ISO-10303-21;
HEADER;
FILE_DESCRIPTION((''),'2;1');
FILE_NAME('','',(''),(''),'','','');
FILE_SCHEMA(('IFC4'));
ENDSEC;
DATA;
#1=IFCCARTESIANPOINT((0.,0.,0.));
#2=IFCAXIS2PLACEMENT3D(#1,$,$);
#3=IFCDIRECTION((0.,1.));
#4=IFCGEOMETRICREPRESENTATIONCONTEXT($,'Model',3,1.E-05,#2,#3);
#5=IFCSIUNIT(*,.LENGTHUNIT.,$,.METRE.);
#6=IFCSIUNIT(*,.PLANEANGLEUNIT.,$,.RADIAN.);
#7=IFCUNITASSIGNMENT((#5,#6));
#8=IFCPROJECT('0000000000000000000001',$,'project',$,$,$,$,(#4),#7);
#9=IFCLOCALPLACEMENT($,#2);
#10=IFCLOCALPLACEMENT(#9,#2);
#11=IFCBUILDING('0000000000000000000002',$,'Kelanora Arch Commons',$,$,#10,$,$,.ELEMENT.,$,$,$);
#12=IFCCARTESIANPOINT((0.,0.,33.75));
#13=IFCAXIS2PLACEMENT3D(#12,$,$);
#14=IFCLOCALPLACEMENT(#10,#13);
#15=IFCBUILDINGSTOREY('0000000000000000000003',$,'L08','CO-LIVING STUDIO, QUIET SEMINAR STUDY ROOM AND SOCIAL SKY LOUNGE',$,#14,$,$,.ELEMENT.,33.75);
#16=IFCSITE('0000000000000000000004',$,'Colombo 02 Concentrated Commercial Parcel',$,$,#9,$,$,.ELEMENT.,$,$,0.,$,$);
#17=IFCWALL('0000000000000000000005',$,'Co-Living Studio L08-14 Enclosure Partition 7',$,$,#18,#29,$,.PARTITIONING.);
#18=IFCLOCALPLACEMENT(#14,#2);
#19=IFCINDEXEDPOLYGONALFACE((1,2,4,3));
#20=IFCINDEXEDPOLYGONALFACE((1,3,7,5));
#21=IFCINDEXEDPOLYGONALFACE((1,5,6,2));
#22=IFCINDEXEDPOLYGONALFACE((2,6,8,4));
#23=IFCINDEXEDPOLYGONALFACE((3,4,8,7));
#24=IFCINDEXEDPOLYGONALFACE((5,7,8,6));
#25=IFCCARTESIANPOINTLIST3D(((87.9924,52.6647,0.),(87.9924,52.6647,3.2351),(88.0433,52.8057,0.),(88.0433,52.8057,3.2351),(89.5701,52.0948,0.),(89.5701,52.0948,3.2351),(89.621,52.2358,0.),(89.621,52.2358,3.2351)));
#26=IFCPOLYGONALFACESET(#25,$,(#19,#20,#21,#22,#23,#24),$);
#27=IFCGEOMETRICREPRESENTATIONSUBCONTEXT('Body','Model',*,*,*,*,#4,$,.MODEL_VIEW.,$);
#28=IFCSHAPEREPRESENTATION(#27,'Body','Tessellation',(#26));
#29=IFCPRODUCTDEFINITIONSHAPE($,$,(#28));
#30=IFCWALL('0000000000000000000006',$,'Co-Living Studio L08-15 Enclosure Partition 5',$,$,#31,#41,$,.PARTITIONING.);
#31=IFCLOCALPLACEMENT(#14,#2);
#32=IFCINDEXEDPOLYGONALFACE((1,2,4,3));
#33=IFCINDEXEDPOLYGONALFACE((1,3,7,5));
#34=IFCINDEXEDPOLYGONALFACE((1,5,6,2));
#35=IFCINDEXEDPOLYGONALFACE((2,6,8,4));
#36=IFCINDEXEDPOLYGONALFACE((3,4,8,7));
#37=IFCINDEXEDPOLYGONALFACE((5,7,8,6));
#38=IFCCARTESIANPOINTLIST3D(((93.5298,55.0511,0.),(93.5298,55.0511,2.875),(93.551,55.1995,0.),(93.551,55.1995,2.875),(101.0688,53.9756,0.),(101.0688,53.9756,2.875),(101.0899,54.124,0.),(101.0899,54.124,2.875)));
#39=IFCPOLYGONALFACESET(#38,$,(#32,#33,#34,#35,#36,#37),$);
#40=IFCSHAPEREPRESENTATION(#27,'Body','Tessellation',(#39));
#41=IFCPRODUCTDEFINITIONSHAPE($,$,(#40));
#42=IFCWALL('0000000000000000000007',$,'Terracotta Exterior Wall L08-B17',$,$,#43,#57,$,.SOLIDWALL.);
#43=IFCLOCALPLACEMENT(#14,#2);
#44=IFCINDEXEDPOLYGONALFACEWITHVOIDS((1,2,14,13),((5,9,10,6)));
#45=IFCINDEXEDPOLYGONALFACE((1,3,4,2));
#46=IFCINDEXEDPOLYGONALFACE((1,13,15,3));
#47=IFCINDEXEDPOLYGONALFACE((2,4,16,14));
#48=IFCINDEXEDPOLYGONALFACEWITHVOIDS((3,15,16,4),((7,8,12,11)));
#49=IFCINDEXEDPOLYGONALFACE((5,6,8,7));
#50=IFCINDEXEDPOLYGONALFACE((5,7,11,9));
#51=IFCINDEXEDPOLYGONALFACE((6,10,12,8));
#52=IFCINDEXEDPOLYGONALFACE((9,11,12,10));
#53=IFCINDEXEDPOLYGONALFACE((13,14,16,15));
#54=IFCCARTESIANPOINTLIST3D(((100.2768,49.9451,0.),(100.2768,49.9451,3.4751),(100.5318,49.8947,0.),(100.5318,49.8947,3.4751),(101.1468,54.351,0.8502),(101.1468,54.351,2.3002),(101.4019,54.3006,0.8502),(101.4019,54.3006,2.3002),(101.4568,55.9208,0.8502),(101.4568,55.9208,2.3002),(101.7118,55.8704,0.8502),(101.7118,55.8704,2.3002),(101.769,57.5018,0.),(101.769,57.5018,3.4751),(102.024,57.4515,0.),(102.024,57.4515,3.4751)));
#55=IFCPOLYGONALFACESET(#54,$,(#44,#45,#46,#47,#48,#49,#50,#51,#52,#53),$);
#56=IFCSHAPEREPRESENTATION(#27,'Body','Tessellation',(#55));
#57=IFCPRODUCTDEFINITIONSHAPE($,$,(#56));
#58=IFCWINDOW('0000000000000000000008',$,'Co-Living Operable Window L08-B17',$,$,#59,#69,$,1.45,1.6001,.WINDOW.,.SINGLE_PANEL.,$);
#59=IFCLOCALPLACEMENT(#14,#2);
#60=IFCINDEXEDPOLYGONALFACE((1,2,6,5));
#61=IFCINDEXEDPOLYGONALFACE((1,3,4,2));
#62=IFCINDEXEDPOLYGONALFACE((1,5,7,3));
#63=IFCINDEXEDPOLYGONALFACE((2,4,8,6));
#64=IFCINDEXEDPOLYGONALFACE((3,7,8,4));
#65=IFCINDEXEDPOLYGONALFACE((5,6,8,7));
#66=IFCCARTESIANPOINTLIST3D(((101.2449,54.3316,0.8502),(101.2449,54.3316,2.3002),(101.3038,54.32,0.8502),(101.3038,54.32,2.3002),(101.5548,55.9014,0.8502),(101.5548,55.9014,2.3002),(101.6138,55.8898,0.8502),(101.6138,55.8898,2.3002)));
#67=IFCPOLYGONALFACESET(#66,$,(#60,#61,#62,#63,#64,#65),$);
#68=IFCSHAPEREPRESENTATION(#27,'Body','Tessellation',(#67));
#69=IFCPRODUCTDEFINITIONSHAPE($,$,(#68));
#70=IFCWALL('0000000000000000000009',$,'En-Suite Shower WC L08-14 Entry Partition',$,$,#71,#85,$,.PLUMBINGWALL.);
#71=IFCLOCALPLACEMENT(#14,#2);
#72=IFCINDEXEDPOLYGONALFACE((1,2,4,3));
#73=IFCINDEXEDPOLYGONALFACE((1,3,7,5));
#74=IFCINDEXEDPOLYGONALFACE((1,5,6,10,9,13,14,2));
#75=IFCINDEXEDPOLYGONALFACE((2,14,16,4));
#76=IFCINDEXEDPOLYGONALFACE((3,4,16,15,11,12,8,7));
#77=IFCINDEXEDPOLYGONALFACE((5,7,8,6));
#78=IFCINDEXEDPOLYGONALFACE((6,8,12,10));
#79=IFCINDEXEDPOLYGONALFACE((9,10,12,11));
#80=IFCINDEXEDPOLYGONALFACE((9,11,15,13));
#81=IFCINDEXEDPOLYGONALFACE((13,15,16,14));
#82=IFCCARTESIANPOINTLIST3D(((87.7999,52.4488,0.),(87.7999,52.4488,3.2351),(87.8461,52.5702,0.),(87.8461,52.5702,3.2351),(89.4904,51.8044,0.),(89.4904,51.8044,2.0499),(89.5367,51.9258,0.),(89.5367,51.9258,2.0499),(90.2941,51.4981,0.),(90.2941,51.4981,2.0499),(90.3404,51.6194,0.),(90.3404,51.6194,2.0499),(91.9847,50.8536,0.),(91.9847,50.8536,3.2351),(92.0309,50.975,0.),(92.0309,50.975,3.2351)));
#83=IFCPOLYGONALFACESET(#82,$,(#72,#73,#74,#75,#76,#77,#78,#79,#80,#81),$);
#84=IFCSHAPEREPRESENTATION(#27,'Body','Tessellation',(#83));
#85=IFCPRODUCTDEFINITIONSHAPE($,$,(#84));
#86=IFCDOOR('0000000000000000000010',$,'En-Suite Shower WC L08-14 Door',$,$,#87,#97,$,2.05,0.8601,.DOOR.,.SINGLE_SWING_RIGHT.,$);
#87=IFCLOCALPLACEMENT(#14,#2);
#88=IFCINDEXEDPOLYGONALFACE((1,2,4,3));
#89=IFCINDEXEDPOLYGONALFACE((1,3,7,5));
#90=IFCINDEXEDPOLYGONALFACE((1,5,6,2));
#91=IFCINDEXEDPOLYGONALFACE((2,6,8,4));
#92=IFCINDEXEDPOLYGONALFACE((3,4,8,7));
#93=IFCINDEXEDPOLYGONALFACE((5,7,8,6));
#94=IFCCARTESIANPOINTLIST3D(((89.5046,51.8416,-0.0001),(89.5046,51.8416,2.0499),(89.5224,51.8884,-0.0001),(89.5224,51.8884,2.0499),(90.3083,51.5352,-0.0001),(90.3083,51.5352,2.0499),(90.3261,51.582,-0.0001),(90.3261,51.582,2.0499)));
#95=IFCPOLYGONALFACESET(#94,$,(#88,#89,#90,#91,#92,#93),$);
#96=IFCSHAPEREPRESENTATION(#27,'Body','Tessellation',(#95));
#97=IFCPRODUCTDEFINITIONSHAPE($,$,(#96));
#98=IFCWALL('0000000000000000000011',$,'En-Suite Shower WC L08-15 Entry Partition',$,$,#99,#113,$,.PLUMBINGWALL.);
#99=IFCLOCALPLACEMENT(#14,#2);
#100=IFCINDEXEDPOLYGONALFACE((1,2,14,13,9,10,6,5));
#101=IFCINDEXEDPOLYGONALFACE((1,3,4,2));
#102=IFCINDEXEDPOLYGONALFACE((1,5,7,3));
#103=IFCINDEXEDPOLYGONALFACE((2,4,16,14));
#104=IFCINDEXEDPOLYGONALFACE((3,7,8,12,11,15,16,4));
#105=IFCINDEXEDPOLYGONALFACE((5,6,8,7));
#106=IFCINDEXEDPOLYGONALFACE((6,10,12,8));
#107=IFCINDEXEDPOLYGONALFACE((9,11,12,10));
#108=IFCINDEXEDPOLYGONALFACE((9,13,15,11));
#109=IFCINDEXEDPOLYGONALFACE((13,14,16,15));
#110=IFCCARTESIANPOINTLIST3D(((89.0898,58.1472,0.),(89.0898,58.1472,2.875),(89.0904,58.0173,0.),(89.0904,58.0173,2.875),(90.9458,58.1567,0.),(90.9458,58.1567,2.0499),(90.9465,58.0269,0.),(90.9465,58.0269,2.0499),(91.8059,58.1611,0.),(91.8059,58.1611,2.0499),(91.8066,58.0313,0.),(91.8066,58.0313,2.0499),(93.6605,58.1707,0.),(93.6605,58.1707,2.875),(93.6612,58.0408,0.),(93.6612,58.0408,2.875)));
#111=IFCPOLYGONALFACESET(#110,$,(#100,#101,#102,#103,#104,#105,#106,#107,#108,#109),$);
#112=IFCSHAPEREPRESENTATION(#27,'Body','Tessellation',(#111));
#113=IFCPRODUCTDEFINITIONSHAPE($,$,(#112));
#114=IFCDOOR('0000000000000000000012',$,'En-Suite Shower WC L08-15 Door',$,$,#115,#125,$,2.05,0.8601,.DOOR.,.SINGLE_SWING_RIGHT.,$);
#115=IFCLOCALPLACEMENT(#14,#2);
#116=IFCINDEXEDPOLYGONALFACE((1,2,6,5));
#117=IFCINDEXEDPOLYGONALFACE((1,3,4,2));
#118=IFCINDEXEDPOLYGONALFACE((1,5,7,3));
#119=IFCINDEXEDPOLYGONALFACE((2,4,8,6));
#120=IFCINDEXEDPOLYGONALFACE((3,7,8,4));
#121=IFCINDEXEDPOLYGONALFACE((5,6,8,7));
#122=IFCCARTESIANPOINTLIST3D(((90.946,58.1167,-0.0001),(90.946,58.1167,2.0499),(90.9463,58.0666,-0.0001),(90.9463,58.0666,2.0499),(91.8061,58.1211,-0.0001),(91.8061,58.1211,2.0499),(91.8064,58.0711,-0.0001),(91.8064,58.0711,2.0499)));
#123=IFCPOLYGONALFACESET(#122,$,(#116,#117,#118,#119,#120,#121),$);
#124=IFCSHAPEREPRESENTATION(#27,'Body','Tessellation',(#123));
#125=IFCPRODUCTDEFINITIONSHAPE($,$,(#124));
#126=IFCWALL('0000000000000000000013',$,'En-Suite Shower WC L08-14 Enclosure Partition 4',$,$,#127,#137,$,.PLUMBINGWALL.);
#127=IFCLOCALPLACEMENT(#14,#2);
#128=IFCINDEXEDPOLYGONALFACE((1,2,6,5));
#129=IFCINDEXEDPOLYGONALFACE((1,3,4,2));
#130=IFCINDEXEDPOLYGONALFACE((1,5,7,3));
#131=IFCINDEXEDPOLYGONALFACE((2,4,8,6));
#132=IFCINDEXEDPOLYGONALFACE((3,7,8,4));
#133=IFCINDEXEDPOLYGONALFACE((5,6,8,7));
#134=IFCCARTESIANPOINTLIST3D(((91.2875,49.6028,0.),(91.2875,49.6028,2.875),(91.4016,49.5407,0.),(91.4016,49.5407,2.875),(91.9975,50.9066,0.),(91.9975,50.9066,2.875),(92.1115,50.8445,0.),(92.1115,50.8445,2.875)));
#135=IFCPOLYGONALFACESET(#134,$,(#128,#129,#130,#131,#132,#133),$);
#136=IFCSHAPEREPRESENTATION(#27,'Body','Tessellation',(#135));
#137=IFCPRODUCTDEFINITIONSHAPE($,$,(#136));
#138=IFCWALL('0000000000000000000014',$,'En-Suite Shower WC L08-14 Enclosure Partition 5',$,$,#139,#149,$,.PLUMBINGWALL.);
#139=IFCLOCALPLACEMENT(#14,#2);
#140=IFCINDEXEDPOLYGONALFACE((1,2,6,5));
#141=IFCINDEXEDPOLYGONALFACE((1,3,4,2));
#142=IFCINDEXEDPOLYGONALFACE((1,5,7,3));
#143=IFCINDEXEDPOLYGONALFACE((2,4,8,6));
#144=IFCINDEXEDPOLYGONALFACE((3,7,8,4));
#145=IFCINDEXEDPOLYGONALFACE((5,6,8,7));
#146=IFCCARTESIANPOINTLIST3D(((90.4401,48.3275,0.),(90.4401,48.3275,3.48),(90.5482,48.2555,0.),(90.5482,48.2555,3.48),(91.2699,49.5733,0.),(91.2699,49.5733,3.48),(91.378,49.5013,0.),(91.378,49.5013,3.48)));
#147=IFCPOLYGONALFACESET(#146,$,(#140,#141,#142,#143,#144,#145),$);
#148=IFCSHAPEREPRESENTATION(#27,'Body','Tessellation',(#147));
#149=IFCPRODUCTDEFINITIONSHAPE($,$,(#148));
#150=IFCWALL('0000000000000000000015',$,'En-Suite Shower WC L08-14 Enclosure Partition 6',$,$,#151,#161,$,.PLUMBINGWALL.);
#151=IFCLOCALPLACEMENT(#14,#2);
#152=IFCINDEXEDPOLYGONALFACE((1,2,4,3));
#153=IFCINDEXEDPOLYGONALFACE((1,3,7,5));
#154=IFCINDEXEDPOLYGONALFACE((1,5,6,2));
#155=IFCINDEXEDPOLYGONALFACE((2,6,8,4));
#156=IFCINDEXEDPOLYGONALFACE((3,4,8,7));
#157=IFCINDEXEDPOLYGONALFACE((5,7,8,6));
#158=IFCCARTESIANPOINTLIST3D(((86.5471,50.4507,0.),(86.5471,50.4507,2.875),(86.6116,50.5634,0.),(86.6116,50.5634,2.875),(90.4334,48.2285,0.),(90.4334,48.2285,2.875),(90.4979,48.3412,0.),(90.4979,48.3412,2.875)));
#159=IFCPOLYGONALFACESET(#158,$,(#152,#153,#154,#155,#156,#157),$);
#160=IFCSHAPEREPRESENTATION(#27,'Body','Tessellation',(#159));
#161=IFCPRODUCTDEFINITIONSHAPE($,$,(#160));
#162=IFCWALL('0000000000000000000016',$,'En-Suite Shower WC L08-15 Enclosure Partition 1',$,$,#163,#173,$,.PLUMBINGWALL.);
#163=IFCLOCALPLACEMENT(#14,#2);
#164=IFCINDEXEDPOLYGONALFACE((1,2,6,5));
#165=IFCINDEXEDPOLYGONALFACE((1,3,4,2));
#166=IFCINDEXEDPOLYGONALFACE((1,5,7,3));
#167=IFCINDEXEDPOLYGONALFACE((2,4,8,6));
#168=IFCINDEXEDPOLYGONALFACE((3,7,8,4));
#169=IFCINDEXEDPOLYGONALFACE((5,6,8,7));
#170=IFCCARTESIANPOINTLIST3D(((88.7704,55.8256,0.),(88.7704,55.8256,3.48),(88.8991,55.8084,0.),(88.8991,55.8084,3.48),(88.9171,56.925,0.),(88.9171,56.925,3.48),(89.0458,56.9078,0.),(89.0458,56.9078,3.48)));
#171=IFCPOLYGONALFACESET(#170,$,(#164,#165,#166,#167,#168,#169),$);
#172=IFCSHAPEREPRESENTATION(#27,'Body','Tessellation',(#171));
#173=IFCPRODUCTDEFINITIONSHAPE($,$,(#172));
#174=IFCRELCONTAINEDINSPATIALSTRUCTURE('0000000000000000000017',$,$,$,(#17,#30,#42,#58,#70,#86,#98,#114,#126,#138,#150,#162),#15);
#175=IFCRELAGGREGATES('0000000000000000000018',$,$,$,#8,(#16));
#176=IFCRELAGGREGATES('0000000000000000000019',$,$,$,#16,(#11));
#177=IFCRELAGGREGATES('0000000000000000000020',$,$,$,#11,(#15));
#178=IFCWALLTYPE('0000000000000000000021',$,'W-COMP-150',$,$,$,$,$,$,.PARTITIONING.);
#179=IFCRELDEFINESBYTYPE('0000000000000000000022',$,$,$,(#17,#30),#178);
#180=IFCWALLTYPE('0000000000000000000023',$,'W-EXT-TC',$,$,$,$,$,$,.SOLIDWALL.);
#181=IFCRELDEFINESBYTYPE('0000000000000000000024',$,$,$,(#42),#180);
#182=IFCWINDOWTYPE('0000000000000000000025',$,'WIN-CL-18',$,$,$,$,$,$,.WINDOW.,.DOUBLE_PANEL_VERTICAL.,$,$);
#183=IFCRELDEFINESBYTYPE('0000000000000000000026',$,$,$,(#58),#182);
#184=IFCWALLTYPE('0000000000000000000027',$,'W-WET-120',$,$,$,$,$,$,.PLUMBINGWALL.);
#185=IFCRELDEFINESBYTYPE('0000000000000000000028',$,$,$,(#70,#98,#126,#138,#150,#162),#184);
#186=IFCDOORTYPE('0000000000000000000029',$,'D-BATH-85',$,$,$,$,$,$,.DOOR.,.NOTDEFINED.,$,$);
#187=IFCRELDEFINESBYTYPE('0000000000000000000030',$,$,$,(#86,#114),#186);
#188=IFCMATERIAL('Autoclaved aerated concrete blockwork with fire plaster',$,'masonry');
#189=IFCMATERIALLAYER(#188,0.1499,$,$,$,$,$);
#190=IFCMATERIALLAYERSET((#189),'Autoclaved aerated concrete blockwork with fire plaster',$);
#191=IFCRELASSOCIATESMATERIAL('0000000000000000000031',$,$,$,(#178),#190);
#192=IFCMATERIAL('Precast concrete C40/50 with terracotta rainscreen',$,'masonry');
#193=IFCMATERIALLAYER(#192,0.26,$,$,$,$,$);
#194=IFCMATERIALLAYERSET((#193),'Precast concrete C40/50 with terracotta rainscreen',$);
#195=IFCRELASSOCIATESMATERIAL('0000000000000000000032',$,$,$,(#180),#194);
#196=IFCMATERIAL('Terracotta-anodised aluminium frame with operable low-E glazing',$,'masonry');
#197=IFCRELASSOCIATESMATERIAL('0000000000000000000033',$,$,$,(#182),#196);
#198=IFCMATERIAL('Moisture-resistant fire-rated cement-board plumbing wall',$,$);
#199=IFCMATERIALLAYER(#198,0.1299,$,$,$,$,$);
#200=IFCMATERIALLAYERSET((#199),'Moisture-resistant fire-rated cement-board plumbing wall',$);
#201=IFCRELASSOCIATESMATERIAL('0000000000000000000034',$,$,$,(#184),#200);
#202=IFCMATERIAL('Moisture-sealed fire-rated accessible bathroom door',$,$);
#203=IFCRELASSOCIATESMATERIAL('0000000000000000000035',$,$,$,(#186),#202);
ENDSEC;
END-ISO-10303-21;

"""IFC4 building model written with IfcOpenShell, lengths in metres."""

from ifc_helpers import new_model, si_unit, direction, frame, frame_2d, origin, place, context, subcontext, project, spatial, rectangle, extrude, material, layer, layer_set, type_object, element, fill, save


model = new_model("IFC4")

# Units and contexts
model_context = context("Model", 3, precision=1e-05, world=origin(), true_north=direction((0.0, 1.0)))
body_context = subcontext(model_context, "Body", "Model", "MODEL_VIEW")
ifc_project = project(units=[si_unit("LENGTHUNIT", "METRE"), si_unit("PLANEANGLEUNIT", "RADIAN")], contexts=[model_context])

# Site, building, storey
site_placement = place(None, origin())
site = spatial("IfcSite", under=ifc_project, at=site_placement, Name="Colombo 02 Concentrated Commercial Parcel", CompositionType="ELEMENT", RefElevation=0.0)
building_placement = place(site_placement, origin())
building = spatial("IfcBuilding", under=site, at=building_placement, Name="Kelanora Arch Commons", CompositionType="ELEMENT")
storey_placement = place(building_placement, frame((0.0, 0.0, 33.75)))
storey = spatial("IfcBuildingStorey", under=building, at=storey_placement, Name="L08", Description="CO-LIVING STUDIO, QUIET SEMINAR STUDY ROOM AND SOCIAL SKY LOUNGE", CompositionType="ELEMENT", Elevation=33.75)

# Shared definitions
ifc_material_1 = material(Name="Autoclaved aerated concrete blockwork with fire plaster", Category="masonry")
ifc_layer_1 = layer(ifc_material_1, 0.1499)
ifc_layer_set_1 = layer_set([ifc_layer_1], Name="Autoclaved aerated concrete blockwork with fire plaster")
wall_type_1 = type_object("IfcWallType", Name="W-COMP-150", PredefinedType="PARTITIONING", material=ifc_layer_set_1)

# Walls
wall_1_placement = place(storey_placement, frame((89.5957, 52.1653, 0.0), z_axis=(0.0, 0.0, 1.0), x_axis=(-0.940531, 0.339709, 0.0)))
element("IfcWall", 1, at=wall_1_placement, inside=storey, type_object=wall_type_1, Name="Co-Living Studio L08-14 Enclosure Partition 7", PredefinedType="PARTITIONING", context=body_context, shape_type="SweptSolid", body=[
    extrude(rectangle(XDim=1.6775, YDim=0.1499, at=frame_2d((0.8389, 0.0))), origin(), (0.0, 0.0, 1.0), 3.2351),
])
wall_2_placement = place(storey_placement, frame((101.0793, 54.0498, 0.0), z_axis=(0.0, 0.0, 1.0), x_axis=(-0.989978, 0.141224, 0.0)))
element("IfcWall", 2, at=wall_2_placement, inside=storey, type_object=wall_type_1, Name="Co-Living Studio L08-15 Enclosure Partition 5", PredefinedType="PARTITIONING", context=body_context, shape_type="SweptSolid", body=[
    extrude(rectangle(XDim=7.6152, YDim=0.1499, at=frame_2d((3.8076, 0.0))), origin(), (0.0, 0.0, 1.0), 2.875),
])

# Wall, opening, window
ifc_material_2 = material(Name="Precast concrete C40/50 with terracotta rainscreen", Category="masonry")
ifc_layer_2 = layer(ifc_material_2, 0.26)
ifc_layer_set_2 = layer_set([ifc_layer_2], Name="Precast concrete C40/50 with terracotta rainscreen")
wall_type_2 = type_object("IfcWallType", Name="W-EXT-TC", PredefinedType="SOLIDWALL", material=ifc_layer_set_2)
wall_3_placement = place(storey_placement, frame((100.4043, 49.9199, 0.0), z_axis=(0.0, 0.0, 1.0), x_axis=(0.193726, 0.981056, 0.0)))
wall_3 = element("IfcWall", 3, at=wall_3_placement, inside=storey, type_object=wall_type_2, Name="Terracotta Exterior Wall L08-B17", PredefinedType="SOLIDWALL", context=body_context, shape_type="SweptSolid", body=[
    extrude(rectangle(XDim=7.7026, YDim=0.26, at=frame_2d((3.8513, 0.0))), origin(), (0.0, 0.0, 1.0), 3.4751),
])
opening_1_placement = place(wall_3_placement, frame((4.491, 0.0, 0.8501)))
opening_1 = element("IfcOpeningElement", 4, at=opening_1_placement, cuts=wall_3, PredefinedType="OPENING", context=body_context, shape_type="SweptSolid", body=[
    extrude(rectangle(XDim=1.6001, YDim=1.45, at=frame_2d((0.8, 0.7251))), frame((0.0, 0.1401, 0.0), z_axis=(0.0, -1.0, 0.0), x_axis=(1.0, 0.0, 0.0)), (0.0, 0.0, 1.0), 0.28),
])
ifc_material_3 = material(Name="Terracotta-anodised aluminium frame with operable low-E glazing", Category="masonry")
window_type = type_object("IfcWindowType", Name="WIN-CL-18", PartitioningType="DOUBLE_PANEL_VERTICAL", PredefinedType="WINDOW", material=ifc_material_3)
window_placement = place(opening_1_placement, origin())
window = element("IfcWindow", 5, at=window_placement, inside=storey, type_object=window_type, Name="Co-Living Operable Window L08-B17", OverallHeight=1.45, OverallWidth=1.6001, PartitioningType="SINGLE_PANEL", PredefinedType="WINDOW", context=body_context, shape_type="SweptSolid", body=[
    extrude(rectangle(XDim=1.6001, YDim=1.45, at=frame_2d((0.8, 0.7251))), frame((0.0, 0.03, 0.0), z_axis=(0.0, -1.0, 0.0), x_axis=(1.0, 0.0, 0.0)), (0.0, 0.0, 1.0), 0.0601),
])
fill(opening_1, window)

# Walls, openings, doors
ifc_material_4 = material(Name="Moisture-resistant fire-rated cement-board plumbing wall")
ifc_layer_3 = layer(ifc_material_4, 0.1299)
ifc_layer_set_3 = layer_set([ifc_layer_3], Name="Moisture-resistant fire-rated cement-board plumbing wall")
wall_type_3 = type_object("IfcWallType", Name="W-WET-120", PredefinedType="PLUMBINGWALL", material=ifc_layer_set_3)
wall_4_placement = place(storey_placement, frame((87.823, 52.5095, 0.0), z_axis=(0.0, 0.0, 1.0), x_axis=(0.934413, -0.35619, 0.0)))
wall_4 = element("IfcWall", 6, at=wall_4_placement, inside=storey, type_object=wall_type_3, Name="En-Suite Shower WC L08-14 Entry Partition", PredefinedType="PLUMBINGWALL", context=body_context, shape_type="SweptSolid", body=[
    extrude(rectangle(XDim=4.4785, YDim=0.1299, at=frame_2d((2.2393, 0.0))), origin(), (0.0, 0.0, 1.0), 3.2351),
])
opening_2_placement = place(wall_4_placement, frame((1.8091, 0.0, 0.0)))
opening_2 = element("IfcOpeningElement", 7, at=opening_2_placement, cuts=wall_4, PredefinedType="OPENING", context=body_context, shape_type="SweptSolid", body=[
    extrude(rectangle(XDim=0.8601, YDim=2.05, at=frame_2d((0.4302, 1.0249))), frame((0.0, 0.075, 0.0), z_axis=(0.0, -1.0, 0.0), x_axis=(1.0, 0.0, 0.0)), (0.0, 0.0, 1.0), 0.1499),
])
ifc_material_5 = material(Name="Moisture-sealed fire-rated accessible bathroom door")
door_type_1 = type_object("IfcDoorType", Name="D-BATH-85", OperationType="NOTDEFINED", PredefinedType="DOOR", material=ifc_material_5)
door_1_placement = place(opening_2_placement, origin())
door_1 = element("IfcDoor", 8, at=door_1_placement, inside=storey, type_object=door_type_1, Name="En-Suite Shower WC L08-14 Door", OperationType="SINGLE_SWING_RIGHT", OverallHeight=2.05, OverallWidth=0.8601, PredefinedType="DOOR", context=body_context, shape_type="SweptSolid", body=[
    extrude(rectangle(XDim=0.8601, YDim=2.05, at=frame_2d((0.4302, 1.0249))), frame((0.0, 0.0249, 0.0), z_axis=(0.0, -1.0, 0.0), x_axis=(1.0, 0.0, 0.0)), (0.0, 0.0, 1.0), 0.05),
])
fill(opening_2, door_1)
wall_5_placement = place(storey_placement, frame((89.0901, 58.0823, 0.0), z_axis=(0.0, 0.0, 1.0), x_axis=(0.999987, 0.005128, 0.0)))
wall_5 = element("IfcWall", 9, at=wall_5_placement, inside=storey, type_object=wall_type_3, Name="En-Suite Shower WC L08-15 Entry Partition", PredefinedType="PLUMBINGWALL", context=body_context, shape_type="SweptSolid", body=[
    extrude(rectangle(XDim=4.5708, YDim=0.1299, at=frame_2d((2.2854, 0.0))), origin(), (0.0, 0.0, 1.0), 2.875),
])
opening_3_placement = place(wall_5_placement, frame((1.856, 0.0, 0.0)))
opening_3 = element("IfcOpeningElement", 10, at=opening_3_placement, cuts=wall_5, PredefinedType="OPENING", context=body_context, shape_type="SweptSolid", body=[
    extrude(rectangle(XDim=0.8601, YDim=2.05, at=frame_2d((0.4302, 1.0249))), frame((0.0, 0.075, 0.0), z_axis=(0.0, -1.0, 0.0), x_axis=(1.0, 0.0, 0.0)), (0.0, 0.0, 1.0), 0.1499),
])
door_2_placement = place(opening_3_placement, origin())
door_2 = element("IfcDoor", 11, at=door_2_placement, inside=storey, type_object=door_type_1, Name="En-Suite Shower WC L08-15 Door", OperationType="SINGLE_SWING_RIGHT", OverallHeight=2.05, OverallWidth=0.8601, PredefinedType="DOOR", context=body_context, shape_type="SweptSolid", body=[
    extrude(rectangle(XDim=0.8601, YDim=2.05, at=frame_2d((0.4302, 1.0249))), frame((0.0, 0.0249, 0.0), z_axis=(0.0, -1.0, 0.0), x_axis=(1.0, 0.0, 0.0)), (0.0, 0.0, 1.0), 0.05),
])
fill(opening_3, door_2)

# Walls
wall_6_placement = place(storey_placement, frame((92.0544, 50.8755, 0.0), z_axis=(0.0, 0.0, 1.0), x_axis=(-0.478184, -0.87826, 0.0)))
element("IfcWall", 12, at=wall_6_placement, inside=storey, type_object=wall_type_3, Name="En-Suite Shower WC L08-14 Enclosure Partition 4", PredefinedType="PLUMBINGWALL", context=body_context, shape_type="SweptSolid", body=[
    extrude(rectangle(XDim=1.4846, YDim=0.1299, at=frame_2d((0.7422, 0.0))), origin(), (0.0, 0.0, 1.0), 2.875),
])
wall_7_placement = place(storey_placement, frame((91.324, 49.5374, 0.0), z_axis=(0.0, 0.0, 1.0), x_axis=(-0.554361, -0.832276, 0.0)))
element("IfcWall", 13, at=wall_7_placement, inside=storey, type_object=wall_type_3, Name="En-Suite Shower WC L08-14 Enclosure Partition 5", PredefinedType="PLUMBINGWALL", context=body_context, shape_type="SweptSolid", body=[
    extrude(rectangle(XDim=1.4968, YDim=0.1299, at=frame_2d((0.7485, 0.0))), origin(), (0.0, 0.0, 1.0), 3.48),
])
wall_8_placement = place(storey_placement, frame((90.4656, 48.2849, 0.0), z_axis=(0.0, 0.0, 1.0), x_axis=(-0.868102, 0.496386, 0.0)))
element("IfcWall", 14, at=wall_8_placement, inside=storey, type_object=wall_type_3, Name="En-Suite Shower WC L08-14 Enclosure Partition 6", PredefinedType="PLUMBINGWALL", context=body_context, shape_type="SweptSolid", body=[
    extrude(rectangle(XDim=4.4768, YDim=0.1299, at=frame_2d((2.2383, 0.0))), origin(), (0.0, 0.0, 1.0), 2.875),
])
wall_9_placement = place(storey_placement, frame((88.8347, 55.8169, 0.0), z_axis=(0.0, 0.0, 1.0), x_axis=(0.132293, 0.991211, 0.0)))
element("IfcWall", 15, at=wall_9_placement, inside=storey, type_object=wall_type_3, Name="En-Suite Shower WC L08-15 Enclosure Partition 1", PredefinedType="PLUMBINGWALL", context=body_context, shape_type="SweptSolid", body=[
    extrude(rectangle(XDim=1.1091, YDim=0.1299, at=frame_2d((0.5547, 0.0))), origin(), (0.0, 0.0, 1.0), 3.48),
])

save(model, "model.ifc")
